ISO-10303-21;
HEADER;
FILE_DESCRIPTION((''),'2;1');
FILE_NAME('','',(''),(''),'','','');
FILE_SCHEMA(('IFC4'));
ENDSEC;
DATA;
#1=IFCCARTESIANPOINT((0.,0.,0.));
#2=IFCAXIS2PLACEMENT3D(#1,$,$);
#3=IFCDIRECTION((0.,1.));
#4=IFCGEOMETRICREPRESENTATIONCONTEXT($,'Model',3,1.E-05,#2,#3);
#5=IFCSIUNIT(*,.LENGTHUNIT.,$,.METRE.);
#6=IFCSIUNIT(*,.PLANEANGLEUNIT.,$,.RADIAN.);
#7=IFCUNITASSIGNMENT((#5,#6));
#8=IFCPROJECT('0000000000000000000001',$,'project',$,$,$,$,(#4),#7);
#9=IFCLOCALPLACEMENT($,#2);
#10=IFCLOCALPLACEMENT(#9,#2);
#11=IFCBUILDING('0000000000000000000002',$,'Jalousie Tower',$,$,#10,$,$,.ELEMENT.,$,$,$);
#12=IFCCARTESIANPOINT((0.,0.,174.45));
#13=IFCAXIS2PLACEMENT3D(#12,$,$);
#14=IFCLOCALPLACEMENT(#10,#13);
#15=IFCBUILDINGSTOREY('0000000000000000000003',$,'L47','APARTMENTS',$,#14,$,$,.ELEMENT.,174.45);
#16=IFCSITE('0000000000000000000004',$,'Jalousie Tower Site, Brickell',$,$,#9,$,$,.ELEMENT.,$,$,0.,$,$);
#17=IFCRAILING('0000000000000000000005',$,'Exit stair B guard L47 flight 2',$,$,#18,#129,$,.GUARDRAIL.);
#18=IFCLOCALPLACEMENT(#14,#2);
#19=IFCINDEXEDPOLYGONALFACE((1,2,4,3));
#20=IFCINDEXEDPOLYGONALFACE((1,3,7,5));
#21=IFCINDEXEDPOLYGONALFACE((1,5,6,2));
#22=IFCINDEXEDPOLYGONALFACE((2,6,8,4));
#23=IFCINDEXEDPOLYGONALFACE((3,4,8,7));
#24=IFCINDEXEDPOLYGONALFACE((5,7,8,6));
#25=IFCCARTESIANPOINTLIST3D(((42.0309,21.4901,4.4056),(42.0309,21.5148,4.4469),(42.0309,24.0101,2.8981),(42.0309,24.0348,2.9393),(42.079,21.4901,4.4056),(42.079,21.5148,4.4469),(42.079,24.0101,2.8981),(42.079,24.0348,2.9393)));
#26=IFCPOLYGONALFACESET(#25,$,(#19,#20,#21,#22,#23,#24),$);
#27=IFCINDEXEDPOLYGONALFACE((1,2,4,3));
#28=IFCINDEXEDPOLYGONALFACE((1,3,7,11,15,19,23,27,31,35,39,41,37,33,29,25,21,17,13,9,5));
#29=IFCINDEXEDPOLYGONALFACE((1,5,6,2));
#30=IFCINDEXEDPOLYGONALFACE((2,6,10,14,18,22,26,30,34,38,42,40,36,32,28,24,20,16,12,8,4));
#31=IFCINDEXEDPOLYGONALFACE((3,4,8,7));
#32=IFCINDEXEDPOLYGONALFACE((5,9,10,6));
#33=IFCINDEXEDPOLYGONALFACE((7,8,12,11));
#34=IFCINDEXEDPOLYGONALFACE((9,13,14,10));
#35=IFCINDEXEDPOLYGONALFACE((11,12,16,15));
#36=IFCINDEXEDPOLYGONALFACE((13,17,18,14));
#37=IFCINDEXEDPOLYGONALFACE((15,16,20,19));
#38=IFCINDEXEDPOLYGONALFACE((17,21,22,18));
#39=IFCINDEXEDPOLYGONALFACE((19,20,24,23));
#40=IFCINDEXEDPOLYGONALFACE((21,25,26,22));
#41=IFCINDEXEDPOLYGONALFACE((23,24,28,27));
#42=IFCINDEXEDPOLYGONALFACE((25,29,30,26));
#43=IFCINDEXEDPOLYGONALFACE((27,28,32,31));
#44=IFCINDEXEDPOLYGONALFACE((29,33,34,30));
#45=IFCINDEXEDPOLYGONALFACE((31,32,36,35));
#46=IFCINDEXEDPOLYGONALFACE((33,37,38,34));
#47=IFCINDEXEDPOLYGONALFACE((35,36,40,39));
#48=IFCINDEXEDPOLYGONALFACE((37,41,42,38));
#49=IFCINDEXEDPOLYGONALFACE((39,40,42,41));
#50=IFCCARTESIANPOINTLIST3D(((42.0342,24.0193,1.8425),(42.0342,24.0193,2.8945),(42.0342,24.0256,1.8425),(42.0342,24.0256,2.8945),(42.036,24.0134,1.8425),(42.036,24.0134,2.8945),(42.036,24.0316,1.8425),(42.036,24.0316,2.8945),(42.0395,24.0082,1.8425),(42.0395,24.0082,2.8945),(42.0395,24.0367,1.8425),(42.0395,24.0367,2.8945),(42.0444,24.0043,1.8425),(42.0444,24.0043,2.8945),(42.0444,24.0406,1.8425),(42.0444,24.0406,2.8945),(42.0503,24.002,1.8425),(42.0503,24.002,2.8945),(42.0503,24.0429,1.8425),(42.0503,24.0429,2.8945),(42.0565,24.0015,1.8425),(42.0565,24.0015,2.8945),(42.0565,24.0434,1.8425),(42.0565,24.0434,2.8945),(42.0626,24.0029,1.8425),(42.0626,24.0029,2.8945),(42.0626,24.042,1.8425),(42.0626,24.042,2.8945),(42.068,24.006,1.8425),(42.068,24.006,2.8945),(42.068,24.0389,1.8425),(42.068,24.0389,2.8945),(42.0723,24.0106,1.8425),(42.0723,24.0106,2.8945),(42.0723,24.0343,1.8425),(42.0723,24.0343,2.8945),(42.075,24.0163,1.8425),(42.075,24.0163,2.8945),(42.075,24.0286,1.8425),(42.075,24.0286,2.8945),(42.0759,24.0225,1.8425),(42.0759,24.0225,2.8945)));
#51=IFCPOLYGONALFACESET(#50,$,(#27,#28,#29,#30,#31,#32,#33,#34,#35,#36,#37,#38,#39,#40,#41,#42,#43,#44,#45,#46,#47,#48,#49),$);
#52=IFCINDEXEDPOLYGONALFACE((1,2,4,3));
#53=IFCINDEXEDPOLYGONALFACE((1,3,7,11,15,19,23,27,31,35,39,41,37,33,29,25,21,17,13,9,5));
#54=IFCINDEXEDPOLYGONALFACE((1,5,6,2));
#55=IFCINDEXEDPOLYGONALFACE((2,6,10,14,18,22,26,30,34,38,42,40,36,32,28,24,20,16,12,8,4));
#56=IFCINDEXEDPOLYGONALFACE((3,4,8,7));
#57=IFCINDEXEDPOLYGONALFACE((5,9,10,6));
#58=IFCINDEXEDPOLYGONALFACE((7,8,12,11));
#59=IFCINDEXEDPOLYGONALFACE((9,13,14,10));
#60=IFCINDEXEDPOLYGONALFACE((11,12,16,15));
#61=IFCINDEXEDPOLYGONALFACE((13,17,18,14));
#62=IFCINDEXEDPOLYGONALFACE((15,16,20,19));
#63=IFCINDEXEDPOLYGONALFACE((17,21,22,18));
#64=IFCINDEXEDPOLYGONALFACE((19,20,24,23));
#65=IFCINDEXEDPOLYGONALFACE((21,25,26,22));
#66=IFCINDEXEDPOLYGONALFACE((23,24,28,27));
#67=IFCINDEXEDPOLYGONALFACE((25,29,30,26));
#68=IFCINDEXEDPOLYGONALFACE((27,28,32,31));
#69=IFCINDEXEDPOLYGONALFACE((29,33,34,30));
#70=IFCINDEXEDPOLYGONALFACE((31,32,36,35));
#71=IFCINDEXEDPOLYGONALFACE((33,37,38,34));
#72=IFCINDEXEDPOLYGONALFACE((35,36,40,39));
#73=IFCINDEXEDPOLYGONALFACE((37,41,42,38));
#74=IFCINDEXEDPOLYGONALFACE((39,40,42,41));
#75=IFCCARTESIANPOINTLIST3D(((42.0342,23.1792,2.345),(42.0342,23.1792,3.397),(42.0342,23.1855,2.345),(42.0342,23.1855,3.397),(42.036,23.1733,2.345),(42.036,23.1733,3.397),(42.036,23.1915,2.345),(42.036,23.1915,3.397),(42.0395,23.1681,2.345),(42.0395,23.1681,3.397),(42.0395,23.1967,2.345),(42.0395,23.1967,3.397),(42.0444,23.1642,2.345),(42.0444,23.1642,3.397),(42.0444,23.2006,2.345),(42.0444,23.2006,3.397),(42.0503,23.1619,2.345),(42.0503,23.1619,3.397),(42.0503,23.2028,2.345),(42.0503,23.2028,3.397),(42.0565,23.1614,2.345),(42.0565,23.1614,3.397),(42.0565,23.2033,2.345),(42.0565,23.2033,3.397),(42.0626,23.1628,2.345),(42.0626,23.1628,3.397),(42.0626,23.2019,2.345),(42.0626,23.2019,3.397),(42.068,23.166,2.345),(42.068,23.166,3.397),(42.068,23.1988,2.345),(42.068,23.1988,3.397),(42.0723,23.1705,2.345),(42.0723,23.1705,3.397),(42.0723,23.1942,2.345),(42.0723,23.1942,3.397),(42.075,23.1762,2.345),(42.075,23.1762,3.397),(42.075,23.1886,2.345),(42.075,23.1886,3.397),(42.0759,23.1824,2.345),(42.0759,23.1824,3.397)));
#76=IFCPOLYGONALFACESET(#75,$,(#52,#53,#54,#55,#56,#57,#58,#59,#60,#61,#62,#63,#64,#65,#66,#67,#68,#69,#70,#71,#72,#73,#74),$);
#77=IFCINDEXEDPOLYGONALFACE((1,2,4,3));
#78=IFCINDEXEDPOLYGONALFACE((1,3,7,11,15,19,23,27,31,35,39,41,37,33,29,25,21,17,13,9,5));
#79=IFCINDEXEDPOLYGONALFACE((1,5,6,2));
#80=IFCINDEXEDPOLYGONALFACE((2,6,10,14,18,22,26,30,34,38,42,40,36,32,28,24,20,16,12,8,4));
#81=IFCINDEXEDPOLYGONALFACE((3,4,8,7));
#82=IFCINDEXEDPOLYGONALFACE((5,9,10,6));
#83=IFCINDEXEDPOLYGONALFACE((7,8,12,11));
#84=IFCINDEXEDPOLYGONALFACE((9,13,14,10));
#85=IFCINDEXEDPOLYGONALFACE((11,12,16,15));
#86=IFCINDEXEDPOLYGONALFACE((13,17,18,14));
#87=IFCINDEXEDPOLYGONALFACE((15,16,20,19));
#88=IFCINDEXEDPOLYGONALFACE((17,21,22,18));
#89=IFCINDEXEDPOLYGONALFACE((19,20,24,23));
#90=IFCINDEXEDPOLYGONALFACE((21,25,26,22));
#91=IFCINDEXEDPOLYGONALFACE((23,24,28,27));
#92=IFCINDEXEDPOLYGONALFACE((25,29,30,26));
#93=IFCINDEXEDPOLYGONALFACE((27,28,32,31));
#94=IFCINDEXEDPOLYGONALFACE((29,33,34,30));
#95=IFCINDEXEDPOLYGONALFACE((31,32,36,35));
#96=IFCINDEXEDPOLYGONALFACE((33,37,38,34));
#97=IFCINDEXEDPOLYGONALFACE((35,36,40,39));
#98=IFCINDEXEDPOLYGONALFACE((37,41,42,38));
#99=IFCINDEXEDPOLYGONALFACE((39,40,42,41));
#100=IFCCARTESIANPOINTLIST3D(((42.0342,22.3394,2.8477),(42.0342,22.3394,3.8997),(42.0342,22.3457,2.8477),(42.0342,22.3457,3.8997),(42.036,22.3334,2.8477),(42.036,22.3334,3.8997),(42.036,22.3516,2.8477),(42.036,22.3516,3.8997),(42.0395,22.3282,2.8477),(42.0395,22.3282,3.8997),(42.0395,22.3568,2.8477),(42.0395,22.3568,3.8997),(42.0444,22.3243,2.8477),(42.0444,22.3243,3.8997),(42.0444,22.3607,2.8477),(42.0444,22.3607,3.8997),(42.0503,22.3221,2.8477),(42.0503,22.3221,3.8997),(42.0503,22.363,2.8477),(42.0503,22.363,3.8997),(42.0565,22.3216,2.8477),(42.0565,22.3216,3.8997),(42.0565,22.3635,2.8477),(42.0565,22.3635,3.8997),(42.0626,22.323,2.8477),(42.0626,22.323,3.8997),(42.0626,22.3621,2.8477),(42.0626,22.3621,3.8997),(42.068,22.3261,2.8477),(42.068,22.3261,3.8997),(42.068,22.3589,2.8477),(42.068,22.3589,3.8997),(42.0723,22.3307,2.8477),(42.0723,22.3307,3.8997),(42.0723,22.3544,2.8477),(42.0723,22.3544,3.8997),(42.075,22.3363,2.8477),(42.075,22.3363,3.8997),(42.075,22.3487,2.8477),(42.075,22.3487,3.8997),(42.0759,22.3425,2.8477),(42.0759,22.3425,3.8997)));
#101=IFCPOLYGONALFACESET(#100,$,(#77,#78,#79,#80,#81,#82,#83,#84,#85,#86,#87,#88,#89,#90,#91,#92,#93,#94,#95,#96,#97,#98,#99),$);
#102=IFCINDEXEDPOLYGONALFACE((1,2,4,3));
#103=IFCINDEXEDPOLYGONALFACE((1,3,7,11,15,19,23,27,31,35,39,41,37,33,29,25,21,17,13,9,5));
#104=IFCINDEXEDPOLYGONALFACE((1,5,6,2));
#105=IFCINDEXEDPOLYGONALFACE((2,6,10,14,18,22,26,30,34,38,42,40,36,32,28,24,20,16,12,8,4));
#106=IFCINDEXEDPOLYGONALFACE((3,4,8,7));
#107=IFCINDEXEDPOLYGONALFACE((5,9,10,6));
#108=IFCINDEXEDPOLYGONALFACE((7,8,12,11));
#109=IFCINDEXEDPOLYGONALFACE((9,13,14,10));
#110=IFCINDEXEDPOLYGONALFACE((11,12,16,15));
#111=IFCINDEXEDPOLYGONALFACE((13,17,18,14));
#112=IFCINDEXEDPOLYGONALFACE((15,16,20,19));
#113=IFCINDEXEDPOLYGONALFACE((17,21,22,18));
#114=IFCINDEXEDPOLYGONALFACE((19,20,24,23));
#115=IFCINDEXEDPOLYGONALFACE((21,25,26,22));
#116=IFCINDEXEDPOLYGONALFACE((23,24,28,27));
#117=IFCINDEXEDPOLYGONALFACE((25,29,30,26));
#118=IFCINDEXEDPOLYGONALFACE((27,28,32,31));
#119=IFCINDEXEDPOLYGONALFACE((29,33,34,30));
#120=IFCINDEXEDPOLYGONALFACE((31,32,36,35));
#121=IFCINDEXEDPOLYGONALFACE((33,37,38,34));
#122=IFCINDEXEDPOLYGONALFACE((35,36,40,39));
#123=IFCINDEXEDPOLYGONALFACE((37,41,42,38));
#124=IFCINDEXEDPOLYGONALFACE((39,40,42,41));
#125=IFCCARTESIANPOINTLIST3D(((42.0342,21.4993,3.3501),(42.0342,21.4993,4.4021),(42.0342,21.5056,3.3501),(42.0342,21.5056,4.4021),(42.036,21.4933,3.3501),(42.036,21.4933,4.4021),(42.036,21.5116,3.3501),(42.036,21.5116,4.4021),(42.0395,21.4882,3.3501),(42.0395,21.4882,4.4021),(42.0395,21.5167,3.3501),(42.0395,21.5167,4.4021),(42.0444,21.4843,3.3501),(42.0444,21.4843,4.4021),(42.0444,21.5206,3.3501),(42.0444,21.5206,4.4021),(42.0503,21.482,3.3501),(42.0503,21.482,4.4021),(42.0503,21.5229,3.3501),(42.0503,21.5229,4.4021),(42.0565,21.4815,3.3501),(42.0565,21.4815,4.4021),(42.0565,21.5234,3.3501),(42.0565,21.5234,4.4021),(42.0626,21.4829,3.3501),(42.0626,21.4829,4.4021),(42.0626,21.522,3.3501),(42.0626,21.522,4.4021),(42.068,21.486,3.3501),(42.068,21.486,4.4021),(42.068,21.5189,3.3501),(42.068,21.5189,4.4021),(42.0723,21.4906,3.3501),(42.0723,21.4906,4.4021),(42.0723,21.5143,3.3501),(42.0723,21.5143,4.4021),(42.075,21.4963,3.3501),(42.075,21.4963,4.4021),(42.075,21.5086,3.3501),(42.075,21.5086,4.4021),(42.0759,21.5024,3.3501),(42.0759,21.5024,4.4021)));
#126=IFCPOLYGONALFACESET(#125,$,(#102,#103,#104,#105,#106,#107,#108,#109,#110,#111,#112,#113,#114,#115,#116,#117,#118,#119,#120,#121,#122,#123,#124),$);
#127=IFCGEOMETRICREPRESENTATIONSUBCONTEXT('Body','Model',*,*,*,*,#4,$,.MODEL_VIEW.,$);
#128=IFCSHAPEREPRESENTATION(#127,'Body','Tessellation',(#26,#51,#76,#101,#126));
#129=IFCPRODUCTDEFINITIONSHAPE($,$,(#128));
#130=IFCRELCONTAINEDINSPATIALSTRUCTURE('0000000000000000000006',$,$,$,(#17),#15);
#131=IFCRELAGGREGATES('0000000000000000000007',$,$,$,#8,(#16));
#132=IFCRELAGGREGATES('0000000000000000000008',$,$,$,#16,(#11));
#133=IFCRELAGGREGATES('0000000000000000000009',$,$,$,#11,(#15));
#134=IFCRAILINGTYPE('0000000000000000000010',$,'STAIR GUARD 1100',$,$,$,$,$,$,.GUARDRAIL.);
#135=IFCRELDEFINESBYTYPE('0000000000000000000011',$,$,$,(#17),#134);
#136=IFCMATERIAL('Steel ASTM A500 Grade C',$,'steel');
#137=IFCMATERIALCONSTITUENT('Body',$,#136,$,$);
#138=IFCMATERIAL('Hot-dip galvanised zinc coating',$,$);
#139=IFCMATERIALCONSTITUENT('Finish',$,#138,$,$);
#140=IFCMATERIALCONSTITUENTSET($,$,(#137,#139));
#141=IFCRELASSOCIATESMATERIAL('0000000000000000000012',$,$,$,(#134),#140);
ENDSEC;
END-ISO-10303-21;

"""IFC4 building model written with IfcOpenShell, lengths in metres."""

from ifc_helpers import new_model, si_unit, direction, frame, origin, origin_2d, place, context, subcontext, project, spatial, rectangle, circle, extrude, material, constituent, constituent_set, type_object, element, save


model = new_model("IFC4")

# Units and contexts
model_context = context("Model", 3, precision=1e-05, world=origin(), true_north=direction((0.0, 1.0)))
body_context = subcontext(model_context, "Body", "Model", "MODEL_VIEW")
ifc_project = project(units=[si_unit("LENGTHUNIT", "METRE"), si_unit("PLANEANGLEUNIT", "RADIAN")], contexts=[model_context])

# Site, building, storey
site_placement = place(None, origin())
site = spatial("IfcSite", under=ifc_project, at=site_placement, Name="Jalousie Tower Site, Brickell", CompositionType="ELEMENT", RefElevation=0.0)
building_placement = place(site_placement, origin())
building = spatial("IfcBuilding", under=site, at=building_placement, Name="Jalousie Tower", CompositionType="ELEMENT")
storey_placement = place(building_placement, frame((0.0, 0.0, 174.45)))
storey = spatial("IfcBuildingStorey", under=building, at=storey_placement, Name="L47", Description="APARTMENTS", CompositionType="ELEMENT", Elevation=174.45)

# Railing
ifc_material_1 = material(Name="Steel ASTM A500 Grade C", Category="steel")
ifc_constituent_1 = constituent(ifc_material_1, Name="Body")
ifc_material_2 = material(Name="Hot-dip galvanised zinc coating")
ifc_constituent_2 = constituent(ifc_material_2, Name="Finish")
ifc_constituent_set_1 = constituent_set(constituents=[ifc_constituent_1, ifc_constituent_2])
railing_type_1 = type_object("IfcRailingType", Name="STAIR GUARD 1100", PredefinedType="GUARDRAIL", material=ifc_constituent_set_1)
railing_1_placement = place(storey_placement, frame((42.0549, 24.0225, 1.8425)))
element("IfcRailing", 1, at=railing_1_placement, inside=storey, type_object=railing_type_1, Name="Exit stair B guard L47 flight 2", PredefinedType="GUARDRAIL", context=body_context, shape_type="SweptSolid", body=[
    extrude(rectangle(XDim=0.0481, YDim=0.0481, at=origin_2d()), frame((0.0, 0.0, 1.0762), z_axis=(0.0, -0.85816, 0.513383), x_axis=(1.0, 0.0, 0.0)), (0.0, 0.0, 1.0), 2.9365),
    extrude(circle(Radius=0.021, at=origin_2d()), origin(), (0.0, 0.0, 1.0), 1.052),
    extrude(circle(Radius=0.021, at=origin_2d()), frame((0.0, -0.8401, 0.5024)), (0.0, 0.0, 1.0), 1.052),
    extrude(circle(Radius=0.021, at=origin_2d()), frame((0.0, -1.6799, 1.0051)), (0.0, 0.0, 1.0), 1.052),
    extrude(circle(Radius=0.021, at=origin_2d()), frame((0.0, -2.52, 1.5076)), (0.0, 0.0, 1.0), 1.052),
])

save(model, "model.ifc")
